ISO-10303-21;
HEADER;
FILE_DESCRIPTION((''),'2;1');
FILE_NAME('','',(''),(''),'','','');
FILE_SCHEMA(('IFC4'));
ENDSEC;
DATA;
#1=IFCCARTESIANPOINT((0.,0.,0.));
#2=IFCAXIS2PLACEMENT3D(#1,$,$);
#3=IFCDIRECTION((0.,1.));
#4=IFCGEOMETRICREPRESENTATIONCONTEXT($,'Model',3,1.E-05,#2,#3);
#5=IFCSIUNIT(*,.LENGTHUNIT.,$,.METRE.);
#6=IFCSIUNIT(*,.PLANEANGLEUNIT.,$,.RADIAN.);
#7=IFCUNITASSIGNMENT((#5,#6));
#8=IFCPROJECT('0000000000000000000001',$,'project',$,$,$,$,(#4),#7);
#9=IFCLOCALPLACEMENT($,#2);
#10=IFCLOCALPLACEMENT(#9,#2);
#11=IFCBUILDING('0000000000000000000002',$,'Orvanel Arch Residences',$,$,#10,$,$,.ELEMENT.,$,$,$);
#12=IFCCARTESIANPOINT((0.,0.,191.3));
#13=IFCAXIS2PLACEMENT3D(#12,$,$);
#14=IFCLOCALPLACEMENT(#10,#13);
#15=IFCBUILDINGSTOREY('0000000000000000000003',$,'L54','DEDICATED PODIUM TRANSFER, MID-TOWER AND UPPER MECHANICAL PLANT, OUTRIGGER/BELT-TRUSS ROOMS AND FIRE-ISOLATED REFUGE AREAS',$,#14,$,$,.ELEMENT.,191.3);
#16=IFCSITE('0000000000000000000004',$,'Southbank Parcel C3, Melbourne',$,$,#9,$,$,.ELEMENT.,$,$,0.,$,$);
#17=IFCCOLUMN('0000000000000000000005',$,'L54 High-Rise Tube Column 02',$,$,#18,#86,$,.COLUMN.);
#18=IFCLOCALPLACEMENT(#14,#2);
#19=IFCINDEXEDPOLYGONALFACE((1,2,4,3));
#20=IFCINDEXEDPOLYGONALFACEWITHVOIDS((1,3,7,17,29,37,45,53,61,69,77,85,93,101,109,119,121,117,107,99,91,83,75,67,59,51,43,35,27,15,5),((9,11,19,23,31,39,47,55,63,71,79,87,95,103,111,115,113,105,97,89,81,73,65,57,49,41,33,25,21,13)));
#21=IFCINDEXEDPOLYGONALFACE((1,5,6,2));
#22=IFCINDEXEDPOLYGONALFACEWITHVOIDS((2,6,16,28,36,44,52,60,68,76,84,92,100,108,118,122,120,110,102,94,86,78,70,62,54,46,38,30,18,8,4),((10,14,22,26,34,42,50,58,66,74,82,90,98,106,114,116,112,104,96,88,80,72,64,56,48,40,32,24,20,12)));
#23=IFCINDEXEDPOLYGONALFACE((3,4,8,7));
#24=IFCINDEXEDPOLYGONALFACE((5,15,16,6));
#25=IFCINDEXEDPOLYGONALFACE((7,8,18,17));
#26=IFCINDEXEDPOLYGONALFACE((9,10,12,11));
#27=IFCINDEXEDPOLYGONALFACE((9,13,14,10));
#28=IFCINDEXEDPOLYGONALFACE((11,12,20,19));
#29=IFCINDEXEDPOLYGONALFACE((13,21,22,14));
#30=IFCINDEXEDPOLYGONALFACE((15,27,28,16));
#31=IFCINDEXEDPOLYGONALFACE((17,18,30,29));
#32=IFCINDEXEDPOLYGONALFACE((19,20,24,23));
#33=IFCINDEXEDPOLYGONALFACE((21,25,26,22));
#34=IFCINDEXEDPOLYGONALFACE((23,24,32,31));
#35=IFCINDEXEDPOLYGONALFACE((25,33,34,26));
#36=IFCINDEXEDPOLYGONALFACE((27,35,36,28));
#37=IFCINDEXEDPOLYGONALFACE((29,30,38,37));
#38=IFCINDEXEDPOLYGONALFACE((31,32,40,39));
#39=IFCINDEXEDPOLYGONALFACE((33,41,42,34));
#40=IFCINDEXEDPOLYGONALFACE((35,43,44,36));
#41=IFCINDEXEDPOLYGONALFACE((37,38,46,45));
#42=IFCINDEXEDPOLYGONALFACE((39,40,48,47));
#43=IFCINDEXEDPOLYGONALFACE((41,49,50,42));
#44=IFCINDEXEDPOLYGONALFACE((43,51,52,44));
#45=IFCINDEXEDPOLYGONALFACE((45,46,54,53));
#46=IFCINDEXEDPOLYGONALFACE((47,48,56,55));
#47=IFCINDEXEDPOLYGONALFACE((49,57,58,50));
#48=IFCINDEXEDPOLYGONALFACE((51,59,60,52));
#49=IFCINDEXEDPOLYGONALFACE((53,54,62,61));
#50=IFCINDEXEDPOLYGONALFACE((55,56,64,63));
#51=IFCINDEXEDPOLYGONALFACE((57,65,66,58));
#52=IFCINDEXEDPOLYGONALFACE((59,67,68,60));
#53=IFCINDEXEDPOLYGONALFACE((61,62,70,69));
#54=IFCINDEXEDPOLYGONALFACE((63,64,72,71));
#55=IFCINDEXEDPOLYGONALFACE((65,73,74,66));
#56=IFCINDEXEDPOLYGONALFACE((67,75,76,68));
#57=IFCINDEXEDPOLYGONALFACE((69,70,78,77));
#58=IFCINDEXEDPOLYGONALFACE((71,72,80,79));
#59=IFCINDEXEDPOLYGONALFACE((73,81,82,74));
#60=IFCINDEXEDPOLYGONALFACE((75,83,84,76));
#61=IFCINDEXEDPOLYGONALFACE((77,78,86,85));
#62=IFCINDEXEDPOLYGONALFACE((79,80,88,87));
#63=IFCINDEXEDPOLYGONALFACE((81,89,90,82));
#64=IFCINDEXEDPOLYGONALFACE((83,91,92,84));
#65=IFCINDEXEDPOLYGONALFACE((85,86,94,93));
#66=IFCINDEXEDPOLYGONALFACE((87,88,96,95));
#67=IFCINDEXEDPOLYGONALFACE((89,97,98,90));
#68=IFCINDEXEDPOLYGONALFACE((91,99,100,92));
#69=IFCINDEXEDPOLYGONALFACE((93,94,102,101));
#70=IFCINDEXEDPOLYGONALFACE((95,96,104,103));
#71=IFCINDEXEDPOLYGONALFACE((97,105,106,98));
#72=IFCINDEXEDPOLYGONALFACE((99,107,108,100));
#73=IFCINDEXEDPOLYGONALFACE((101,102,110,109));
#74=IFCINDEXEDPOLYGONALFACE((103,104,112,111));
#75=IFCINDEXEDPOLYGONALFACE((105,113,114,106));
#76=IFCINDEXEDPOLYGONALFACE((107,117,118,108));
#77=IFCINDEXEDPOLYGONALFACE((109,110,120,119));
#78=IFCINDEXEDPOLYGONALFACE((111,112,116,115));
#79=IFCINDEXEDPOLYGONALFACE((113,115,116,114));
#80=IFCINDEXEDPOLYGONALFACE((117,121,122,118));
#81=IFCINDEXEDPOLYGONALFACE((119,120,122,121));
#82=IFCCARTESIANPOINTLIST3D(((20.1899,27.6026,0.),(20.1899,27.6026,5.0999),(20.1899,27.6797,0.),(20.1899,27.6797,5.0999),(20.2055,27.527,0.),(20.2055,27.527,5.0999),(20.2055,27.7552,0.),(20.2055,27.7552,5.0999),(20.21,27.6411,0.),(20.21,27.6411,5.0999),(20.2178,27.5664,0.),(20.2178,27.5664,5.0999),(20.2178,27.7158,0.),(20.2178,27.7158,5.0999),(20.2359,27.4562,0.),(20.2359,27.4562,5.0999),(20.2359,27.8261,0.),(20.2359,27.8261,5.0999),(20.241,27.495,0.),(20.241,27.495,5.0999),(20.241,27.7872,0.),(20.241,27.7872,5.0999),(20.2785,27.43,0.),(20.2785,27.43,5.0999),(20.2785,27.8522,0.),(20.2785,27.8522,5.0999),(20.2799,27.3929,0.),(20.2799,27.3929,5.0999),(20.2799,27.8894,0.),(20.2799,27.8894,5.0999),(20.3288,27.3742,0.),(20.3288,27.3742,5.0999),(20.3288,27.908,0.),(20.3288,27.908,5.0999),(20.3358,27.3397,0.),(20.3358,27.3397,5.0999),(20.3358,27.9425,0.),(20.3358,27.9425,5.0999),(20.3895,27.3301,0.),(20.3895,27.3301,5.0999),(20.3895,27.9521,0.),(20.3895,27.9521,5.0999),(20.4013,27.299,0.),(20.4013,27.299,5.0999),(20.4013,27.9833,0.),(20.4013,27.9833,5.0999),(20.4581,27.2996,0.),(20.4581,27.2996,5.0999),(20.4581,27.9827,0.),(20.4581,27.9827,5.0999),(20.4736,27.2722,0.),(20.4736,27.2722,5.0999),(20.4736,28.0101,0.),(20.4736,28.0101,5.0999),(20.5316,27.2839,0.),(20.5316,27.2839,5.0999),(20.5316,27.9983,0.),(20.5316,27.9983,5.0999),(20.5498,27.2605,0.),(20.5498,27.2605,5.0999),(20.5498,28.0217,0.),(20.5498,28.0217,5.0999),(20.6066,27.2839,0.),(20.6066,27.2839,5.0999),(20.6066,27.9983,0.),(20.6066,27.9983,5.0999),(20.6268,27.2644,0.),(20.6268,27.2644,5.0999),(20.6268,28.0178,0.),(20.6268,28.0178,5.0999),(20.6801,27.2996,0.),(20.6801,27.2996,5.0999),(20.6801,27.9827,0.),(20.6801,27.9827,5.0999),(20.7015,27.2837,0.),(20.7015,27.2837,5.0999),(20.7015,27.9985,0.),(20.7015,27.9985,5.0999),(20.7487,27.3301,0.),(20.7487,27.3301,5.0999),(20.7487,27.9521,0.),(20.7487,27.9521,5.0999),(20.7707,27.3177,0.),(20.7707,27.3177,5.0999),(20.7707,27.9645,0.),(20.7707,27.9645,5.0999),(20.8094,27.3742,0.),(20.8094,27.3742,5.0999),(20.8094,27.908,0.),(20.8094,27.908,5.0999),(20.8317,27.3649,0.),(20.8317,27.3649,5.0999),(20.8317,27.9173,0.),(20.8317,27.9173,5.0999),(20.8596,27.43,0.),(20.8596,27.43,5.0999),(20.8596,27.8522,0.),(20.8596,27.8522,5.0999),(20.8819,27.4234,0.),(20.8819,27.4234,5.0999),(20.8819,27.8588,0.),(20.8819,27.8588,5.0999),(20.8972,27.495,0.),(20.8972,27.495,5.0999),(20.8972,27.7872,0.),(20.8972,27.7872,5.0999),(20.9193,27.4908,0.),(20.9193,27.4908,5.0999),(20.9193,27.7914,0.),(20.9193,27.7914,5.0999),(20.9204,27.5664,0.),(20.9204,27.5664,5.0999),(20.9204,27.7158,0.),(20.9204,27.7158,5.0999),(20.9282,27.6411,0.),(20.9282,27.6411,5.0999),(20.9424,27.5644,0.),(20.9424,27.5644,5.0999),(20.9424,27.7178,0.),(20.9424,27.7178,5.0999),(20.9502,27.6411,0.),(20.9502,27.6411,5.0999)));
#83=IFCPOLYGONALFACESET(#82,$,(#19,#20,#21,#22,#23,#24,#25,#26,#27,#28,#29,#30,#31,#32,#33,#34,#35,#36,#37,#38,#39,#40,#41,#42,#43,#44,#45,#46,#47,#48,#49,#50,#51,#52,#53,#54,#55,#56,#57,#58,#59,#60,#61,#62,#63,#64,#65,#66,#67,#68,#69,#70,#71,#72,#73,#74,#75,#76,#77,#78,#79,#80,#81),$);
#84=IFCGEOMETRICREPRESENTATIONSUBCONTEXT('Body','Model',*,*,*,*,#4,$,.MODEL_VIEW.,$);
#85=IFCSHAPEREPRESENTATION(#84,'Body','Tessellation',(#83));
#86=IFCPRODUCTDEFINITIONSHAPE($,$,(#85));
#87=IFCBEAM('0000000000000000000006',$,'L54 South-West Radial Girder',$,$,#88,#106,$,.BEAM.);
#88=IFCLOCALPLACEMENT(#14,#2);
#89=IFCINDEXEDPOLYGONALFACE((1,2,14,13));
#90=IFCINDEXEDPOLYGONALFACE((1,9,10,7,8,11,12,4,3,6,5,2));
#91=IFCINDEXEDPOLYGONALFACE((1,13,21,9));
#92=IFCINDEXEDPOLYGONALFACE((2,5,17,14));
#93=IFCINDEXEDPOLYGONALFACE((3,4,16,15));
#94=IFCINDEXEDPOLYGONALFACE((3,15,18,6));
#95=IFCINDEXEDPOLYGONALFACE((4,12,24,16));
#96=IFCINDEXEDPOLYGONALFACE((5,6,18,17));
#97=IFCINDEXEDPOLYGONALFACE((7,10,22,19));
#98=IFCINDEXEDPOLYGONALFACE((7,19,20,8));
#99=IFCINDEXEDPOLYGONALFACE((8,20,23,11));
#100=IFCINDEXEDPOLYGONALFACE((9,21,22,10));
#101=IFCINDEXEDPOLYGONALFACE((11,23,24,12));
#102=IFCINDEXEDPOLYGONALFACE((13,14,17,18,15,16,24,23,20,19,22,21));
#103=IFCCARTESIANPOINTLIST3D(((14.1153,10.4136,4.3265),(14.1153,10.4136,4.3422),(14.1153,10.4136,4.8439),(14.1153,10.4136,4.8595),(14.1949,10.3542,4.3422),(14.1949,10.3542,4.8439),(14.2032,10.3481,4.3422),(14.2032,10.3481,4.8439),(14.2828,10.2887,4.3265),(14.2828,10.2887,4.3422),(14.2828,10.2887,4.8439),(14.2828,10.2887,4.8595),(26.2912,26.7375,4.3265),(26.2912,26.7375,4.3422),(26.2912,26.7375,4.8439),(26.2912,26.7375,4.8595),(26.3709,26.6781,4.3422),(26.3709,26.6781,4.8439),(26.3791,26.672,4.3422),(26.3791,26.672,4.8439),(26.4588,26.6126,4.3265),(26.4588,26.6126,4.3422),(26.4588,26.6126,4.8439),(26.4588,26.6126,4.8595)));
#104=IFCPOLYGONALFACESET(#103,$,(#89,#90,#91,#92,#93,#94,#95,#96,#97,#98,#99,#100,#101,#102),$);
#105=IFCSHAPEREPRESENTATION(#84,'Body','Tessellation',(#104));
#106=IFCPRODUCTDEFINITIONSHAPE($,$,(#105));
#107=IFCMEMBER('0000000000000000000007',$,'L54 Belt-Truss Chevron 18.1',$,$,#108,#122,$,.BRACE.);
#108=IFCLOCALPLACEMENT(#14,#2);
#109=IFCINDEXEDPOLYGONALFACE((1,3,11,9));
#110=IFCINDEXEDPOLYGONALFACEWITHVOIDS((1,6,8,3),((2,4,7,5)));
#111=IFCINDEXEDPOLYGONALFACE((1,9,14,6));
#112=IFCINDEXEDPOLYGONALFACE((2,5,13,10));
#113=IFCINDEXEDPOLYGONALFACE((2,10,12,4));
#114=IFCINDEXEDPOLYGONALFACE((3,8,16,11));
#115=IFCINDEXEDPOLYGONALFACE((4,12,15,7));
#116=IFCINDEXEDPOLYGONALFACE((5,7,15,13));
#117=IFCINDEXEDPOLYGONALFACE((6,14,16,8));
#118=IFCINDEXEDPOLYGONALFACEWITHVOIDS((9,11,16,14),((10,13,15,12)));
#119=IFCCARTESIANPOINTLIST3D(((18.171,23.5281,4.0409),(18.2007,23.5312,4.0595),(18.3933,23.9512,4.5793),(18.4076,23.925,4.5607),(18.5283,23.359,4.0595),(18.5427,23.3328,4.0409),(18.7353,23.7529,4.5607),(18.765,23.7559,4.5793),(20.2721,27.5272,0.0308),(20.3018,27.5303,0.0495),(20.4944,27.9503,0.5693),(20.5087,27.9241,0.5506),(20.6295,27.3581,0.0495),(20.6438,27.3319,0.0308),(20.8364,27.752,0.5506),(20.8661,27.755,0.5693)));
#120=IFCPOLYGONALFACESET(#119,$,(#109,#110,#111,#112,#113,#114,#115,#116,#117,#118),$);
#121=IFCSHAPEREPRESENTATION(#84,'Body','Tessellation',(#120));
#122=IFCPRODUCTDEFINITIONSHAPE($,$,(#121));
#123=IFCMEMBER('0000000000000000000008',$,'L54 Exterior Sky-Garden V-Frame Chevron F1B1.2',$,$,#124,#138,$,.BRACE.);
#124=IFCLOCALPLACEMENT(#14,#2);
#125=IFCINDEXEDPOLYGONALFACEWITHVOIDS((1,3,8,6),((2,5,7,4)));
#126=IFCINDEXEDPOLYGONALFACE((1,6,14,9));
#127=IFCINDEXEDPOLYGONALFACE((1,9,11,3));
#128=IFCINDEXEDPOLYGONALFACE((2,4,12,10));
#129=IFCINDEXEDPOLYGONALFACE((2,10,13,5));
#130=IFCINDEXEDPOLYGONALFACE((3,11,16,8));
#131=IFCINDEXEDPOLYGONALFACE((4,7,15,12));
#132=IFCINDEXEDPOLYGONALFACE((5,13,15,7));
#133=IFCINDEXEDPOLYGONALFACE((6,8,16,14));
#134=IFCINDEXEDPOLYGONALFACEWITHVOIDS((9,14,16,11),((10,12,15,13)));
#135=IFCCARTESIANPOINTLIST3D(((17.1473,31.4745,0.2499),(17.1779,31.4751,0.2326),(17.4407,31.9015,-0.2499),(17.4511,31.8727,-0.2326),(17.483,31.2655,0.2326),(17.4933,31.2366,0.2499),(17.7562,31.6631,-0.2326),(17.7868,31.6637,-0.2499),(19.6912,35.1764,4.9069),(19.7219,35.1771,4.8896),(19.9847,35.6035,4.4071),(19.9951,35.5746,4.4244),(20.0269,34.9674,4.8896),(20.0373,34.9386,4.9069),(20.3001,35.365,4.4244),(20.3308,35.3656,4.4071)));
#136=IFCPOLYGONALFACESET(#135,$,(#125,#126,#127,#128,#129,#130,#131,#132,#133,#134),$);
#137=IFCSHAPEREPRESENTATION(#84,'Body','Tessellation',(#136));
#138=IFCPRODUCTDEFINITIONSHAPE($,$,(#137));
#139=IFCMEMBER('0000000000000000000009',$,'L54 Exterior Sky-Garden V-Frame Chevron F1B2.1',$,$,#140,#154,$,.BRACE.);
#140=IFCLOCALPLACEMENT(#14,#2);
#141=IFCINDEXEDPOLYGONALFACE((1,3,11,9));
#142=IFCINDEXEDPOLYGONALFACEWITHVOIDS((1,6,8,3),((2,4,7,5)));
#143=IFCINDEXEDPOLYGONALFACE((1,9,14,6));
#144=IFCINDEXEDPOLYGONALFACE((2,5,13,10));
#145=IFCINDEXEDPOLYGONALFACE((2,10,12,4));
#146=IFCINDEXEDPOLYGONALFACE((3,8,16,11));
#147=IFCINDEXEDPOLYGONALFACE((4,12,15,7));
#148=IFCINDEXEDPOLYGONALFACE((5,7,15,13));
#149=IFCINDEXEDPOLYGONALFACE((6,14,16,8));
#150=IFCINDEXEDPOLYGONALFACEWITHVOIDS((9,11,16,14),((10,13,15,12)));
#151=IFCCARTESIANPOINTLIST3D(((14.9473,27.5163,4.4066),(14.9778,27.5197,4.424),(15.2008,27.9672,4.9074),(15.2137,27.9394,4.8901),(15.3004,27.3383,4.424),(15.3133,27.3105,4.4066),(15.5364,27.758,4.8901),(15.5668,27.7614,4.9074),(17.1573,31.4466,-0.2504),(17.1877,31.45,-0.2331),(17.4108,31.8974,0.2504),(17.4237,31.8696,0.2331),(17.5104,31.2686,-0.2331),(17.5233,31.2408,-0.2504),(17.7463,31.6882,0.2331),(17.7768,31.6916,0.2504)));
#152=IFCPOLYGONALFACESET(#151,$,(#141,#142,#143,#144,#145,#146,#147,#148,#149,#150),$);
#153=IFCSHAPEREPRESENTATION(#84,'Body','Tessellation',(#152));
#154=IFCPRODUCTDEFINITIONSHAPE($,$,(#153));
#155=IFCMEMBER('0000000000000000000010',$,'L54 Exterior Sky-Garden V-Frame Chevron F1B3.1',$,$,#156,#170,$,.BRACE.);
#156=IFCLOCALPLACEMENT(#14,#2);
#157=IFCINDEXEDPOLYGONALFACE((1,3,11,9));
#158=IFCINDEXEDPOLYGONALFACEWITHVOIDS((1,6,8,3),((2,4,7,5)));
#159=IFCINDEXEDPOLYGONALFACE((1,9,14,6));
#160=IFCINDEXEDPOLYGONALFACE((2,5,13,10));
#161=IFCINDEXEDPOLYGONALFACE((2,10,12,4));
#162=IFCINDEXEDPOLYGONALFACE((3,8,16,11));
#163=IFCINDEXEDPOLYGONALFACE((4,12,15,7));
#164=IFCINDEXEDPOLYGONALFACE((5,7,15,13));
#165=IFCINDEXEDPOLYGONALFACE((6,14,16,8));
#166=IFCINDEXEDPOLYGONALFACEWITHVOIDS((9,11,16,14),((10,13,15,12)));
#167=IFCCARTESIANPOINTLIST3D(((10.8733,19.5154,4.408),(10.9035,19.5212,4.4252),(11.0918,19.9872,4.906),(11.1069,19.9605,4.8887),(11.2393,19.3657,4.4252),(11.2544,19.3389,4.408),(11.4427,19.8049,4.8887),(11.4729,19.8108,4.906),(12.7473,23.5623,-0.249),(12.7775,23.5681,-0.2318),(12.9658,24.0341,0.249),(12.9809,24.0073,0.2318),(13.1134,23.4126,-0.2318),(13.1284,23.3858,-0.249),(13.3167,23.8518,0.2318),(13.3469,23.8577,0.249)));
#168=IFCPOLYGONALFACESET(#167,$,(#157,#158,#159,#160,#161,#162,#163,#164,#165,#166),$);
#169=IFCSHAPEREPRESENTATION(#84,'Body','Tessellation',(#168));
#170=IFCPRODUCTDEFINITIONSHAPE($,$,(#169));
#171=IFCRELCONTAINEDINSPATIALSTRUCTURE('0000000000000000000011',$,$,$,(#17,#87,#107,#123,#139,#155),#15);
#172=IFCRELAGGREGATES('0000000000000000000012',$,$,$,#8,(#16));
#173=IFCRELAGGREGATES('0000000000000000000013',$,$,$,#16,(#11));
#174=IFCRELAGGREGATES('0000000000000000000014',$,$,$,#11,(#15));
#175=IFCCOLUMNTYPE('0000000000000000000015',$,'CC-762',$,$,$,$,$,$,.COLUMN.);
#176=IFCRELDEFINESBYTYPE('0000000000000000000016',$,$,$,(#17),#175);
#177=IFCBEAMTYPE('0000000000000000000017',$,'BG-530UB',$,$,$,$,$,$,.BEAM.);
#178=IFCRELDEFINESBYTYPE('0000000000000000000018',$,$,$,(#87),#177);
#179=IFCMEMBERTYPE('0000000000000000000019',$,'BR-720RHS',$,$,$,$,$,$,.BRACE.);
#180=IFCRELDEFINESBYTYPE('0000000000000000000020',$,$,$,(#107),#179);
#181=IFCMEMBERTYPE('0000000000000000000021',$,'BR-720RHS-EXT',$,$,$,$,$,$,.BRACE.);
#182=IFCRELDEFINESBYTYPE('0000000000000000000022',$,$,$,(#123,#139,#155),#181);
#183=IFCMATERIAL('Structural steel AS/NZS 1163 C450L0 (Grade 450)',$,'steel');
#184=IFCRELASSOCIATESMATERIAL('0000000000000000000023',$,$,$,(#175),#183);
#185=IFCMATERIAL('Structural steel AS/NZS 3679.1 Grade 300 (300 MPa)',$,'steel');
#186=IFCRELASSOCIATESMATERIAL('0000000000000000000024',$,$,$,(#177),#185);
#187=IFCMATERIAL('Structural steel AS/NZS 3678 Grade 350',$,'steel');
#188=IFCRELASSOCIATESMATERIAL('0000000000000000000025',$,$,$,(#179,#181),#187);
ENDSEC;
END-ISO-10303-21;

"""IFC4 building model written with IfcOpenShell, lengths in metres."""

from ifc_helpers import new_model, si_unit, direction, frame, origin, origin_2d, place, context, subcontext, project, spatial, hollow_rectangle, hollow_circle, i_section, extrude, material, material_profile, profile_set, type_object, element, save


model = new_model("IFC4")

# Units and contexts
model_context = context("Model", 3, precision=1e-05, world=origin(), true_north=direction((0.0, 1.0)))
body_context = subcontext(model_context, "Body", "Model", "MODEL_VIEW")
ifc_project = project(units=[si_unit("LENGTHUNIT", "METRE"), si_unit("PLANEANGLEUNIT", "RADIAN")], contexts=[model_context])

# Site, building, storey
site_placement = place(None, origin())
site = spatial("IfcSite", under=ifc_project, at=site_placement, Name="Southbank Parcel C3, Melbourne", CompositionType="ELEMENT", RefElevation=0.0)
building_placement = place(site_placement, origin())
building = spatial("IfcBuilding", under=site, at=building_placement, Name="Orvanel Arch Residences", CompositionType="ELEMENT")
storey_placement = place(building_placement, frame((0.0, 0.0, 191.3)))
storey = spatial("IfcBuildingStorey", under=building, at=storey_placement, Name="L54", Description="DEDICATED PODIUM TRANSFER, MID-TOWER AND UPPER MECHANICAL PLANT, OUTRIGGER/BELT-TRUSS ROOMS AND FIRE-ISOLATED REFUGE AREAS", CompositionType="ELEMENT", Elevation=191.3)

# Column
ifc_material_1 = material(Name="Structural steel AS/NZS 1163 C450L0 (Grade 450)", Category="steel")
ifc_material_profile_1 = material_profile(ifc_material_1, hollow_circle(Radius=0.3811, WallThickness=0.022, at=origin_2d()), Name="CHS762x22")
ifc_profile_set_1 = profile_set([ifc_material_profile_1], Name="Structural steel AS/NZS 1163 C450L0 (Grade 450)")
column_type = type_object("IfcColumnType", Name="CC-762", PredefinedType="COLUMN", material=ifc_profile_set_1)
column_placement = place(storey_placement, frame((20.5691, 27.6411, 0.0), z_axis=(0.0, 0.0, 1.0), x_axis=(1.0, 0.0, 0.0)))
element("IfcColumn", 1, at=column_placement, inside=storey, type_object=column_type, Name="L54 High-Rise Tube Column 02", PredefinedType="COLUMN", context=body_context, shape_type="SweptSolid", body=[
    extrude(hollow_circle(Radius=0.3811, WallThickness=0.022, at=origin_2d()), origin(), (0.0, 0.0, 1.0), 5.0999),
])

# Beam
ifc_material_2 = material(Name="Structural steel AS/NZS 3679.1 Grade 300 (300 MPa)", Category="steel")
ifc_material_profile_2 = material_profile(ifc_material_2, i_section(OverallWidth=0.209, OverallDepth=0.533, WebThickness=0.0103, FlangeThickness=0.0156, at=origin_2d()), Name="530UB92.4")
ifc_profile_set_2 = profile_set([ifc_material_profile_2], Name="Structural steel AS/NZS 3679.1 Grade 300 (300 MPa)")
beam_type_1 = type_object("IfcBeamType", Name="BG-530UB", PredefinedType="BEAM", material=ifc_profile_set_2)
beam_1_placement = place(storey_placement, frame((26.375, 26.675, 4.593), z_axis=(-0.597894, -0.801575, 0.0), x_axis=(0.801575, -0.597894, 0.0)))
element("IfcBeam", 2, at=beam_1_placement, inside=storey, type_object=beam_type_1, Name="L54 South-West Radial Girder", PredefinedType="BEAM", context=body_context, shape_type="SweptSolid", body=[
    extrude(i_section(OverallWidth=0.209, OverallDepth=0.533, WebThickness=0.0103, FlangeThickness=0.0156, at=origin_2d()), origin(), (0.0, 0.0, 1.0), 20.3647),
])

# Members
ifc_material_3 = material(Name="Structural steel AS/NZS 3678 Grade 350", Category="steel")
ifc_material_profile_3 = material_profile(ifc_material_3, hollow_rectangle(XDim=0.4199, YDim=0.72, WallThickness=0.0249, at=origin_2d()), Name="RHS720x420x25")
ifc_profile_set_3 = profile_set([ifc_material_profile_3], Name="Structural steel AS/NZS 3678 Grade 350")
member_type_1 = type_object("IfcMemberType", Name="BR-720RHS", PredefinedType="BRACE", material=ifc_profile_set_3)
member_1_placement = place(storey_placement, frame((20.5691, 27.6411, 0.3), z_axis=(-0.347835, -0.662042, 0.663861), x_axis=(0.885253, -0.465109, 0.0)))
element("IfcMember", 3, at=member_1_placement, inside=storey, type_object=member_type_1, Name="L54 Belt-Truss Chevron 18.1", PredefinedType="BRACE", context=body_context, shape_type="SweptSolid", body=[
    extrude(hollow_rectangle(XDim=0.4199, YDim=0.72, WallThickness=0.0249, at=origin_2d()), origin(), (0.0, 0.0, 1.0), 6.0405),
])
ifc_material_profile_4 = material_profile(ifc_material_3, hollow_rectangle(XDim=0.4199, YDim=0.72, WallThickness=0.0249, at=origin_2d()), Name="RHS720x420x25")
ifc_profile_set_4 = profile_set([ifc_material_profile_4], Name="Structural steel AS/NZS 3678 Grade 350")
member_type_2 = type_object("IfcMemberType", Name="BR-720RHS-EXT", PredefinedType="BRACE", material=ifc_profile_set_4)
member_2_placement = place(storey_placement, frame((17.467, 31.5691, 0.0), z_axis=(0.39318, 0.572149, 0.719761), x_axis=(-0.824158, 0.56636, 0.0)))
element("IfcMember", 4, at=member_2_placement, inside=storey, type_object=member_type_2, Name="L54 Exterior Sky-Garden V-Frame Chevron F1B1.2", PredefinedType="BRACE", context=body_context, shape_type="SweptSolid", body=[
    extrude(hollow_rectangle(XDim=0.4199, YDim=0.72, WallThickness=0.0249, at=origin_2d()), origin(), (0.0, 0.0, 1.0), 6.4702),
])
member_3_placement = place(storey_placement, frame((17.467, 31.5691, 0.0), z_axis=(-0.340933, -0.606312, 0.718437), x_axis=(0.871648, -0.490133, 0.0)))
element("IfcMember", 5, at=member_3_placement, inside=storey, type_object=member_type_2, Name="L54 Exterior Sky-Garden V-Frame Chevron F1B2.1", PredefinedType="BRACE", context=body_context, shape_type="SweptSolid", body=[
    extrude(hollow_rectangle(XDim=0.4199, YDim=0.72, WallThickness=0.0249, at=origin_2d()), origin(), (0.0, 0.0, 1.0), 6.4822),
])
member_4_placement = place(storey_placement, frame((13.0471, 23.71, 0.0), z_axis=(-0.290637, -0.627618, 0.722237), x_axis=(0.907427, -0.42021, 0.0)))
element("IfcMember", 6, at=member_4_placement, inside=storey, type_object=member_type_2, Name="L54 Exterior Sky-Garden V-Frame Chevron F1B3.1", PredefinedType="BRACE", context=body_context, shape_type="SweptSolid", body=[
    extrude(hollow_rectangle(XDim=0.4199, YDim=0.72, WallThickness=0.0249, at=origin_2d()), origin(), (0.0, 0.0, 1.0), 6.448),
])

save(model, "model.ifc")
